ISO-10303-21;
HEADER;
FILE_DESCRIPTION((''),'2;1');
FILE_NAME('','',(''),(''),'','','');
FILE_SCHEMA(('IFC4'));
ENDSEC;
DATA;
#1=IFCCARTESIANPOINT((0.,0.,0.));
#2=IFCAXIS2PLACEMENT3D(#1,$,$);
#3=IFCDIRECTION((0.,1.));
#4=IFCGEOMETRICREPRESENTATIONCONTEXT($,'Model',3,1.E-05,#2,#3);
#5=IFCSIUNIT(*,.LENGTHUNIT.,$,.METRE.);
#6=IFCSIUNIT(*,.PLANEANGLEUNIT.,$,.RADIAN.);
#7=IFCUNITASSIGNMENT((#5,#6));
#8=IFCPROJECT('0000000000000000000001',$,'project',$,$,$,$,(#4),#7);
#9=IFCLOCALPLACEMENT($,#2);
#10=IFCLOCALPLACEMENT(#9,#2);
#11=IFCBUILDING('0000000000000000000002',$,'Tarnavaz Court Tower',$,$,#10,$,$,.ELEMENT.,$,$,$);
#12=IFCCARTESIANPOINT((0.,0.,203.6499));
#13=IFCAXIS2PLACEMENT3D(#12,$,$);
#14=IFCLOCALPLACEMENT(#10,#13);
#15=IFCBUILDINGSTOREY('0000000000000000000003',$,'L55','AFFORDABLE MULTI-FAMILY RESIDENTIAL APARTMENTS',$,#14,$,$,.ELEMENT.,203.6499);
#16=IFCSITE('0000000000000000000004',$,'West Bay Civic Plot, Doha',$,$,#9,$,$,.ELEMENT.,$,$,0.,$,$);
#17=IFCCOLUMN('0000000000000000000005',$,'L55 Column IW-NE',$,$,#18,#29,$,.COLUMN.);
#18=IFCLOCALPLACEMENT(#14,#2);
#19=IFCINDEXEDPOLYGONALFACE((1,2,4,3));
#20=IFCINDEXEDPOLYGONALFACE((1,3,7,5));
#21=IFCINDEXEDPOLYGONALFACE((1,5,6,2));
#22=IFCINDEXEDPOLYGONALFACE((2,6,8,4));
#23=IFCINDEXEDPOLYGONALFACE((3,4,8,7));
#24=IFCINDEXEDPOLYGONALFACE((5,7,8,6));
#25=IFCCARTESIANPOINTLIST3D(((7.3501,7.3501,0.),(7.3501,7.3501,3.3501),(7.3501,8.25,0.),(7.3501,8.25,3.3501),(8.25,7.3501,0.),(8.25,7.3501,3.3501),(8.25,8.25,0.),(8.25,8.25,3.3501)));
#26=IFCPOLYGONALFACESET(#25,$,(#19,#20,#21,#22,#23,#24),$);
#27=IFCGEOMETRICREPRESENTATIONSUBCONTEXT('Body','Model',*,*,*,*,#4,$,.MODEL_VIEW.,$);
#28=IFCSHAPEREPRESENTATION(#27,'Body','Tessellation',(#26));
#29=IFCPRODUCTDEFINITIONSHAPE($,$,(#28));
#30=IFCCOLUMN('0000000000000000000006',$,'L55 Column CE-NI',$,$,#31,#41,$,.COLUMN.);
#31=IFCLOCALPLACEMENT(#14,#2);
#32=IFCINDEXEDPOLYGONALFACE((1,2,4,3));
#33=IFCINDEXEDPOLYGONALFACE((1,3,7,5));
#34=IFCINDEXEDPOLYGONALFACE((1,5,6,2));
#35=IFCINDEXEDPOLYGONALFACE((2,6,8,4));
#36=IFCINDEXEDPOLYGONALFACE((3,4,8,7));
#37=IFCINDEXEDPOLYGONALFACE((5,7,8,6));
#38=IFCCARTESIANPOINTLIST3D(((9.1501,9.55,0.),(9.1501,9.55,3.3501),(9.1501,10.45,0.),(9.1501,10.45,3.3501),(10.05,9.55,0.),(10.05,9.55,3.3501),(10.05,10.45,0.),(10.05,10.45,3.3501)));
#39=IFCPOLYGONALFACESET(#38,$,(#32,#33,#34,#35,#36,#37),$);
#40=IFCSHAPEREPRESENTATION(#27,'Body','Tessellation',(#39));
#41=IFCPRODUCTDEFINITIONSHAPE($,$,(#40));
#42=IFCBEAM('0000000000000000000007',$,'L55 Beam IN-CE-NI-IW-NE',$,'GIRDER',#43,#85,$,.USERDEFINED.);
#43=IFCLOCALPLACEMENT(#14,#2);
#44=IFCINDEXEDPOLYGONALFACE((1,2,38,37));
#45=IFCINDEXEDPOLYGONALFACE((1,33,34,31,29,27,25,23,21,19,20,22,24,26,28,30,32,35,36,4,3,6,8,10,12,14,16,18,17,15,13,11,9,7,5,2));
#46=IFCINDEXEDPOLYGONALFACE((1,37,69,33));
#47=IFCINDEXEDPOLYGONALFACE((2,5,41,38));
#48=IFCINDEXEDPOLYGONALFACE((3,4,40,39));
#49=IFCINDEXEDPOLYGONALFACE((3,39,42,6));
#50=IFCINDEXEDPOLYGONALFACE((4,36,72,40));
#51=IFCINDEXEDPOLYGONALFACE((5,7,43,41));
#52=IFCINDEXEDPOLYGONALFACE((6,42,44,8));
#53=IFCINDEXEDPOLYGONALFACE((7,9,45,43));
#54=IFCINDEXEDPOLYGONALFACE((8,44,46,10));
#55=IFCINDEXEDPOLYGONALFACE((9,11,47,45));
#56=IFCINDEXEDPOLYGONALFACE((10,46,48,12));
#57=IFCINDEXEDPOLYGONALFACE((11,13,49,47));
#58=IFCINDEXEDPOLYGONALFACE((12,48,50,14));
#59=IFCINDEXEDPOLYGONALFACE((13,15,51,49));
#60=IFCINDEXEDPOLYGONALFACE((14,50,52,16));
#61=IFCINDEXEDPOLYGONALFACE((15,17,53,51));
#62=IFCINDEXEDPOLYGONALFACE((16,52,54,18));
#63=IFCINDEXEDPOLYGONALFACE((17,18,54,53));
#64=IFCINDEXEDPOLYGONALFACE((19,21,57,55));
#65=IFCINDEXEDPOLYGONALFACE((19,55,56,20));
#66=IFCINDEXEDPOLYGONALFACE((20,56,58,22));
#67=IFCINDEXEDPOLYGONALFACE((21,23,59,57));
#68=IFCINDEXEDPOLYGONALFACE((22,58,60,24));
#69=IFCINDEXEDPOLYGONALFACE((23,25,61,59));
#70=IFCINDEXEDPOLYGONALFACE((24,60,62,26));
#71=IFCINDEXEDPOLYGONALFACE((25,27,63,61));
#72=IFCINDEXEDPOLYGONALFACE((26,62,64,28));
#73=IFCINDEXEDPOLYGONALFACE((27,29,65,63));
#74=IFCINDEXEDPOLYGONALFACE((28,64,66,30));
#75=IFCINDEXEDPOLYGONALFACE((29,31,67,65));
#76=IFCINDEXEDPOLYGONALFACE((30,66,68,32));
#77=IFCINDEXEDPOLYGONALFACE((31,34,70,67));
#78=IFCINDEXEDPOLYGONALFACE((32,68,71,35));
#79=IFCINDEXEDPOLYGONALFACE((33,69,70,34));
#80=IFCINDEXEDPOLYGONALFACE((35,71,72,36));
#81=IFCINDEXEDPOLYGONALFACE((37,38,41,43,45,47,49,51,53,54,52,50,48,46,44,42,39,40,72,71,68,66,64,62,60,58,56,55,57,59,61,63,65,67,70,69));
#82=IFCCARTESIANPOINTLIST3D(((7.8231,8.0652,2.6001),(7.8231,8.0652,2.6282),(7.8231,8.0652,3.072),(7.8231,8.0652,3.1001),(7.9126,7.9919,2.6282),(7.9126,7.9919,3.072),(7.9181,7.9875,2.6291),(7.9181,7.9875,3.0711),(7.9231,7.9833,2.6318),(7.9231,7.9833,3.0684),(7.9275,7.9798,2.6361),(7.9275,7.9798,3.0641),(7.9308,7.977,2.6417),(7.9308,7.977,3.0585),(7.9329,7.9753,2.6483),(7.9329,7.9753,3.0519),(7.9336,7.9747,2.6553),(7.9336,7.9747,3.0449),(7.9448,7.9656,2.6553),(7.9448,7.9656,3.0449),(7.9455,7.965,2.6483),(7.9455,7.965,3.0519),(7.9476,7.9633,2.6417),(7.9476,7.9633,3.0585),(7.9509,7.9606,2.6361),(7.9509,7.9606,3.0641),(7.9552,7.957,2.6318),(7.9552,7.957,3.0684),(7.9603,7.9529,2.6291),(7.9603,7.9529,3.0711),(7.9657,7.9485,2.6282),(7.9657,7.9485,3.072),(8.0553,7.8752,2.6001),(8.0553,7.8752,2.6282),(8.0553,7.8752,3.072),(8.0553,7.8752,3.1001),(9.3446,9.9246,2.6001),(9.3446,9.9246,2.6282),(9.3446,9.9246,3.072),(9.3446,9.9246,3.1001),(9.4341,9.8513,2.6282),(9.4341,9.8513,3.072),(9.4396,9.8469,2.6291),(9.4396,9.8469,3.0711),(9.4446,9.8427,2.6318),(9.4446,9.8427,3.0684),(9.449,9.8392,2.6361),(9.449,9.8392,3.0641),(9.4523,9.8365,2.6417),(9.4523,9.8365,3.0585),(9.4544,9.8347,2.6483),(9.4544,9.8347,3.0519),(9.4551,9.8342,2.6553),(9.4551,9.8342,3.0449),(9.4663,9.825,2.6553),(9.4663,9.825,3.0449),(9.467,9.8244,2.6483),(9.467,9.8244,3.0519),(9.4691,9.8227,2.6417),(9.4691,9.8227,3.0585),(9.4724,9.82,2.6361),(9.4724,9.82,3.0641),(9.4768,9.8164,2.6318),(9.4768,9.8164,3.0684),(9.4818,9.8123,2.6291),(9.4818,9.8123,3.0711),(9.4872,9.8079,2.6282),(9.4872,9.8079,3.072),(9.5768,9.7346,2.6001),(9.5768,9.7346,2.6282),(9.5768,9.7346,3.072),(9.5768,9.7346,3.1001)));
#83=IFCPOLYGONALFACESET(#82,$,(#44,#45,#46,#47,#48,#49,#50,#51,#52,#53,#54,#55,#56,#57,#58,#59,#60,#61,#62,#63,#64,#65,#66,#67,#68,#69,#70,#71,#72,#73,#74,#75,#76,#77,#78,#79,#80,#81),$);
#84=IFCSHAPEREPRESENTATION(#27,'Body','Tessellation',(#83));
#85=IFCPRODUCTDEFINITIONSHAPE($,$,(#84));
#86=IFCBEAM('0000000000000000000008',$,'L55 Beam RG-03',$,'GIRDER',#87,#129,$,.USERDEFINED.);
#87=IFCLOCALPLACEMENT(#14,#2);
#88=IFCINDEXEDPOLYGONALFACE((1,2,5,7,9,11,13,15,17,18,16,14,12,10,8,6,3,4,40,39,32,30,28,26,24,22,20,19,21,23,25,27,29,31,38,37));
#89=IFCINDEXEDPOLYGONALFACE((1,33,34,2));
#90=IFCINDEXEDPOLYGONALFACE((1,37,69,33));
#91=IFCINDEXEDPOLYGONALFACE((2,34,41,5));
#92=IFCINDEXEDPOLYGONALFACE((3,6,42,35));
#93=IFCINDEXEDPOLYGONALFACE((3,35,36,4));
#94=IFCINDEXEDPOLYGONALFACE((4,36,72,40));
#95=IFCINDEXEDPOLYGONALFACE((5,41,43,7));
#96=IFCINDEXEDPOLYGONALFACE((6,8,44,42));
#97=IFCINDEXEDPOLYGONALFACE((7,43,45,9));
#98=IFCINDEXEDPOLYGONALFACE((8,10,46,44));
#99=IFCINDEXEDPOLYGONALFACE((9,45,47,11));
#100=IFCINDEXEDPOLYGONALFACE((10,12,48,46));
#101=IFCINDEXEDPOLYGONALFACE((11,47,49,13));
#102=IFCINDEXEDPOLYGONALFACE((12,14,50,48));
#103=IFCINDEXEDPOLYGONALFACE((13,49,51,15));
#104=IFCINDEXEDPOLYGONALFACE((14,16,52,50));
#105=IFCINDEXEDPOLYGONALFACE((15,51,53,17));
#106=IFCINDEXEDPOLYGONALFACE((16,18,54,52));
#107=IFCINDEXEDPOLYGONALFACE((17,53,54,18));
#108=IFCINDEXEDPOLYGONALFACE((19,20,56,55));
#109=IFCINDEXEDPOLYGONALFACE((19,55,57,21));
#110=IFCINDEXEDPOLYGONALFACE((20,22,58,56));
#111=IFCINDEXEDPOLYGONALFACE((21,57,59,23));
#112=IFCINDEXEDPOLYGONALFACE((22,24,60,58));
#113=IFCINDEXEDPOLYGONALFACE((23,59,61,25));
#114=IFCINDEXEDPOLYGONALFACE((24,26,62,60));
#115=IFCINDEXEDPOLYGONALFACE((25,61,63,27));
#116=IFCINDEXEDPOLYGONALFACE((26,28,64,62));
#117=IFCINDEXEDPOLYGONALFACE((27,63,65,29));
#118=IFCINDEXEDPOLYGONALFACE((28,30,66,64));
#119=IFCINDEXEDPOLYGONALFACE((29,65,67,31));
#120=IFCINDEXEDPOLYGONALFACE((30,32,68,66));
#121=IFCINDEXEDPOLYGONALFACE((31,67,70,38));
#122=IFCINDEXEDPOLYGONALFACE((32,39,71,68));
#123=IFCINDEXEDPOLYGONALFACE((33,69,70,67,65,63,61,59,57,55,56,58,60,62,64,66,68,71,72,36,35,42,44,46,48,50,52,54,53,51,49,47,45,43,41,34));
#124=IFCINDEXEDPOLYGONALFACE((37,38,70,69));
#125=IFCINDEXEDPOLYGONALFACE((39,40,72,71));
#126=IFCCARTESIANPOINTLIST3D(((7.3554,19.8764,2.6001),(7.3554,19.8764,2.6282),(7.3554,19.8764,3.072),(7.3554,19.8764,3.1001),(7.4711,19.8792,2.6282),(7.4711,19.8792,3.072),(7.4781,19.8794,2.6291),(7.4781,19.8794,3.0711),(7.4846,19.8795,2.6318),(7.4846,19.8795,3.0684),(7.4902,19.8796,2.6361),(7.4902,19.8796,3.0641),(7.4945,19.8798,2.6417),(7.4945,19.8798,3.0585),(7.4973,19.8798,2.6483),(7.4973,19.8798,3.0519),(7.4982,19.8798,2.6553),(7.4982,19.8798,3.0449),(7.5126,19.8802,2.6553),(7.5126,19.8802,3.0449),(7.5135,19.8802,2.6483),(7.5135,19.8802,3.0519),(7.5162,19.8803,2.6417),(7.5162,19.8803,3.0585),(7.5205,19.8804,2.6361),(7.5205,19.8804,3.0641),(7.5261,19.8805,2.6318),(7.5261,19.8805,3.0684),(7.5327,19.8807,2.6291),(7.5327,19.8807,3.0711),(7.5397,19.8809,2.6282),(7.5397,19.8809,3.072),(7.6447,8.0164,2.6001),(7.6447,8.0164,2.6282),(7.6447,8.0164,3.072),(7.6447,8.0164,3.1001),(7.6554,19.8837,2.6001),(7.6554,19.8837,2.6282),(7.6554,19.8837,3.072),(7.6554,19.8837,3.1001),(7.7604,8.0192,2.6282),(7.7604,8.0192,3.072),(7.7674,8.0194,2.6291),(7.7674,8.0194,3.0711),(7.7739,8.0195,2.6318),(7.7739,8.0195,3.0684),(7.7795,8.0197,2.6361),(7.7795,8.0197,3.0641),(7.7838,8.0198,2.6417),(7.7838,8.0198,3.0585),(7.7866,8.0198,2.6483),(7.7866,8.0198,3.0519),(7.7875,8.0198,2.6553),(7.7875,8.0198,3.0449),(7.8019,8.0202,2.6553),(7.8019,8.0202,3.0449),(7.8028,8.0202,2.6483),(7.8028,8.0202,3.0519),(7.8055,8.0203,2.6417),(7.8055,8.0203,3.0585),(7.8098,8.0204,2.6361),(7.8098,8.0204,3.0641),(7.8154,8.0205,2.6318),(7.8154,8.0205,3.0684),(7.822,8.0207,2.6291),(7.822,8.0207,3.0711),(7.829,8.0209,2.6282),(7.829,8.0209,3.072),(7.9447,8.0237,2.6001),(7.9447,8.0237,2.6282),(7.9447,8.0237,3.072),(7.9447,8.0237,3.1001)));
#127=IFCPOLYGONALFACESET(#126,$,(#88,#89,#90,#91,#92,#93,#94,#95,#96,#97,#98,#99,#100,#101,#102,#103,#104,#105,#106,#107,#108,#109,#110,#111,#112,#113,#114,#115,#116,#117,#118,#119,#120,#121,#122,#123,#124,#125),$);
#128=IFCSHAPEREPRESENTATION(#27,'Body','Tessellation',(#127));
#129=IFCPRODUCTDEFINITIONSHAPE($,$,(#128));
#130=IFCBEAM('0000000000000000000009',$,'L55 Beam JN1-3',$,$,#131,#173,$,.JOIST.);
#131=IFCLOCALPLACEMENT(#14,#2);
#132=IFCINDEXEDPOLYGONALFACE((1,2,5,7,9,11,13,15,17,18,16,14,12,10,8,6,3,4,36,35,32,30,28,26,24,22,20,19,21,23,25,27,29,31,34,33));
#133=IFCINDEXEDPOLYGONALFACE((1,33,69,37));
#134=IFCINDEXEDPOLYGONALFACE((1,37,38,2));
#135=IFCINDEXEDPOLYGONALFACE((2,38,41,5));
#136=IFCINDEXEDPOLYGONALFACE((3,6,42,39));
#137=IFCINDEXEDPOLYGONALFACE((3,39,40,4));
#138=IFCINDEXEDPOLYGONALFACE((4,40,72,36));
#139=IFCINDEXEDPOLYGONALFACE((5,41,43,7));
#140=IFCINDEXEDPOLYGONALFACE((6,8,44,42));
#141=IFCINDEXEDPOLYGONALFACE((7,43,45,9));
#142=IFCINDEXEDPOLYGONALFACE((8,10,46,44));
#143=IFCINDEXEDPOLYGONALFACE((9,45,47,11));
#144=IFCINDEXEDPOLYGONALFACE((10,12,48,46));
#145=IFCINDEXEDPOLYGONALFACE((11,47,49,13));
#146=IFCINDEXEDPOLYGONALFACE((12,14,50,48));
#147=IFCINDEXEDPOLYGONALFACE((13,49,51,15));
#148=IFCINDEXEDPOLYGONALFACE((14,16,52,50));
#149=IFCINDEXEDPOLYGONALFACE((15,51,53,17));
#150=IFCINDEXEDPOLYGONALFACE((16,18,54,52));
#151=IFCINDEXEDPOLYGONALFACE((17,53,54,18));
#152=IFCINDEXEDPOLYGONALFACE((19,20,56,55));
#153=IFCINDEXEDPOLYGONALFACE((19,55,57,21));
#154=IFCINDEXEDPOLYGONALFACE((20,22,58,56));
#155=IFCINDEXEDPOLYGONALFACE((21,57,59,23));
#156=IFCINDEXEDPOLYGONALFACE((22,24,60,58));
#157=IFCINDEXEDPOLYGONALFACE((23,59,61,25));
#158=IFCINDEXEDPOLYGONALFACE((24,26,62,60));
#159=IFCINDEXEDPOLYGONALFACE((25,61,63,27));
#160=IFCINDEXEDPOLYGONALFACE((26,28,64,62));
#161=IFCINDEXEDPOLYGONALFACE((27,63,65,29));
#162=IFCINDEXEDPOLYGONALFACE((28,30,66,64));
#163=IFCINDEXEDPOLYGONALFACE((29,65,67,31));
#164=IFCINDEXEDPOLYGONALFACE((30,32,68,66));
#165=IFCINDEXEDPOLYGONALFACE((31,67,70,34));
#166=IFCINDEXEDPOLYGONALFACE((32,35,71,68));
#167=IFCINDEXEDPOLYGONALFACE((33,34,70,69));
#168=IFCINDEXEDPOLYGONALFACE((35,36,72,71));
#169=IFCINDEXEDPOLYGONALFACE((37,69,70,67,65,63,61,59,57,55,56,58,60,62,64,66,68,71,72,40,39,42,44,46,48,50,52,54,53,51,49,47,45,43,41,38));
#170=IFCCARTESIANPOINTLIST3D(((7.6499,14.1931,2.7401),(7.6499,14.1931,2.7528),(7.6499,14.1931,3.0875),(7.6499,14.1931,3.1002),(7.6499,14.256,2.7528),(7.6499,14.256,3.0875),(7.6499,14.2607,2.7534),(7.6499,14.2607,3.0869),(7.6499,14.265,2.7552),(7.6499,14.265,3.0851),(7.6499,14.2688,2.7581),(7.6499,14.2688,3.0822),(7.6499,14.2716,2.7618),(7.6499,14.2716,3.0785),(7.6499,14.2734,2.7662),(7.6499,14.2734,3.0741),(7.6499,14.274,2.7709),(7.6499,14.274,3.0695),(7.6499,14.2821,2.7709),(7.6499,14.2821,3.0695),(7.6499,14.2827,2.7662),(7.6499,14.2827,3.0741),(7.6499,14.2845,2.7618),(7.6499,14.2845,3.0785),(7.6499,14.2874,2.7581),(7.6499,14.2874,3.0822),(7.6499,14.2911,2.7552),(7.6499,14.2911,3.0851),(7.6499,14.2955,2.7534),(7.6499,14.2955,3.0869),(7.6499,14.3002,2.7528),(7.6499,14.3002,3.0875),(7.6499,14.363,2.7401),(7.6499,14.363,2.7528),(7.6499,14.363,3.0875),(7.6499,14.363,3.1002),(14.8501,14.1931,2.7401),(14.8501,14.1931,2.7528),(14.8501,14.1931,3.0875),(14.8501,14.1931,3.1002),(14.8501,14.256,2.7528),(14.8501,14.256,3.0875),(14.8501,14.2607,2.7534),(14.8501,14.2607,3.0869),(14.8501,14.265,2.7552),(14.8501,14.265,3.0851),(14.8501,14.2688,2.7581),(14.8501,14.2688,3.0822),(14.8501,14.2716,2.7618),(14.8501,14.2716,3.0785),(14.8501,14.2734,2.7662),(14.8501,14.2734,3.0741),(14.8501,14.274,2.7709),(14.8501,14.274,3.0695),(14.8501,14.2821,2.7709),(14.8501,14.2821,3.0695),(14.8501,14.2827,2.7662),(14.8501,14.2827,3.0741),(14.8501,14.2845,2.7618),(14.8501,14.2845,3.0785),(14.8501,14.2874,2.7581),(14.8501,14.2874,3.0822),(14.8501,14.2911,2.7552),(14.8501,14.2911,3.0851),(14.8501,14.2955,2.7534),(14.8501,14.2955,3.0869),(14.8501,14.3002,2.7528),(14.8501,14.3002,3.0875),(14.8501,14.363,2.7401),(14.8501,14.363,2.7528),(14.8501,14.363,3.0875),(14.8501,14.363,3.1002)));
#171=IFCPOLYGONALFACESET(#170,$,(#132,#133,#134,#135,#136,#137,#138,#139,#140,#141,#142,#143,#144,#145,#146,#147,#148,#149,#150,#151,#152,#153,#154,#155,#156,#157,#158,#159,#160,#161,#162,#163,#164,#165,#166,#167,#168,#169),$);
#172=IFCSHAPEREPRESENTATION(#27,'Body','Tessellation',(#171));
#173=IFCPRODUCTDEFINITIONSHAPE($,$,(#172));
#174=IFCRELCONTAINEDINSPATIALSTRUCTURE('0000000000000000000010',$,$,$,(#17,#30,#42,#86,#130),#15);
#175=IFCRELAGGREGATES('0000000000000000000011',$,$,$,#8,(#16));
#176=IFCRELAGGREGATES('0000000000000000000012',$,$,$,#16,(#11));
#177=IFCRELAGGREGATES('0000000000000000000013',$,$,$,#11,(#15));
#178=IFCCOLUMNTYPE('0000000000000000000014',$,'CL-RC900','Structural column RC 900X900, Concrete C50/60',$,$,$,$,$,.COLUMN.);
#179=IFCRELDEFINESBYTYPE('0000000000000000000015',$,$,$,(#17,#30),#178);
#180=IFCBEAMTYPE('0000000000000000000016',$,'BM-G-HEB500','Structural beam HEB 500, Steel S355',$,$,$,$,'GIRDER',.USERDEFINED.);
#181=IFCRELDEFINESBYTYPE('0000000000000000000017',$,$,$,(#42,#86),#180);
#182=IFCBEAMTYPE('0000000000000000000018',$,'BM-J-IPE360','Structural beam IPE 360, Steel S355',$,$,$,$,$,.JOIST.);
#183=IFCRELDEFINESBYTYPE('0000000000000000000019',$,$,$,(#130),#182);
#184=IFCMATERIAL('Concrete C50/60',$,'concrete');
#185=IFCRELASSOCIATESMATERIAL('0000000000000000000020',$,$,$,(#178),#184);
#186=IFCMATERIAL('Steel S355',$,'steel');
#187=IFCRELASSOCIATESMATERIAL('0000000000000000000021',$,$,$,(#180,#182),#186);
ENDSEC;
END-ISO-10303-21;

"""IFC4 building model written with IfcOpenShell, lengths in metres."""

from ifc_helpers import new_model, si_unit, direction, frame, origin, origin_2d, place, context, subcontext, project, spatial, rectangle, i_section, extrude, material, material_profile, profile_set, type_object, element, save


model = new_model("IFC4")

# Units and contexts
model_context = context("Model", 3, precision=1e-05, world=origin(), true_north=direction((0.0, 1.0)))
body_context = subcontext(model_context, "Body", "Model", "MODEL_VIEW")
ifc_project = project(units=[si_unit("LENGTHUNIT", "METRE"), si_unit("PLANEANGLEUNIT", "RADIAN")], contexts=[model_context])

# Site, building, storey
site_placement = place(None, origin())
site = spatial("IfcSite", under=ifc_project, at=site_placement, Name="West Bay Civic Plot, Doha", CompositionType="ELEMENT", RefElevation=0.0)
building_placement = place(site_placement, origin())
building = spatial("IfcBuilding", under=site, at=building_placement, Name="Tarnavaz Court Tower", CompositionType="ELEMENT")
storey_placement = place(building_placement, frame((0.0, 0.0, 203.6499)))
storey = spatial("IfcBuildingStorey", under=building, at=storey_placement, Name="L55", Description="AFFORDABLE MULTI-FAMILY RESIDENTIAL APARTMENTS", CompositionType="ELEMENT", Elevation=203.6499)

# Columns
ifc_material_1 = material(Name="Concrete C50/60", Category="concrete")
ifc_material_profile_1 = material_profile(ifc_material_1, rectangle(XDim=0.8999, YDim=0.8999, at=origin_2d()), Name="RC 900X900")
ifc_profile_set_1 = profile_set([ifc_material_profile_1], Name="Concrete C50/60")
column_type = type_object("IfcColumnType", Name="CL-RC900", Description="Structural column RC 900X900, Concrete C50/60", PredefinedType="COLUMN", material=ifc_profile_set_1)
for number, where, z_axis, x_axis, name in (
    (1, (7.8, 7.8, 0.0), (0.0, 0.0, 1.0), (1.0, 0.0, 0.0), "L55 Column IW-NE"),
    (2, (9.6001, 10.0, 0.0), (0.0, 0.0, 1.0), (1.0, 0.0, 0.0), "L55 Column CE-NI"),
):
    element("IfcColumn", number, at=place(storey_placement, frame(where, z_axis=z_axis, x_axis=x_axis)), inside=storey, type_object=column_type, Name=name, PredefinedType="COLUMN", context=body_context, shape_type="SweptSolid", body=[
        extrude(rectangle(XDim=0.8999, YDim=0.8999, at=origin_2d()), origin(), (0.0, 0.0, 1.0), 3.3501),
    ])

# Beams
ifc_material_2 = material(Name="Steel S355", Category="steel")
ifc_material_profile_2 = material_profile(ifc_material_2, i_section(OverallWidth=0.3, OverallDepth=0.5, WebThickness=0.0144, FlangeThickness=0.0281, FilletRadius=0.0271, at=origin_2d()), Name="HEB 500")
ifc_profile_set_2 = profile_set([ifc_material_profile_2], Name="Steel S355")
beam_type_1 = type_object("IfcBeamType", Name="BM-G-HEB500", Description="Structural beam HEB 500, Steel S355", ElementType="GIRDER", PredefinedType="USERDEFINED", material=ifc_profile_set_2)
beam_1_placement = place(storey_placement, frame((9.4607, 9.8296, 2.8501), z_axis=(-0.633282, -0.773921, 0.0), x_axis=(0.773921, -0.633282, 0.0)))
element("IfcBeam", 3, at=beam_1_placement, inside=storey, type_object=beam_type_1, Name="L55 Beam IN-CE-NI-IW-NE", ObjectType="GIRDER", PredefinedType="USERDEFINED", context=body_context, shape_type="SweptSolid", body=[
    extrude(i_section(OverallWidth=0.3, OverallDepth=0.5, WebThickness=0.0144, FlangeThickness=0.0281, FilletRadius=0.0271, at=origin_2d()), origin(), (0.0, 0.0, 1.0), 2.4026),
])
beam_2_placement = place(storey_placement, frame((7.7947, 8.02, 2.8501), z_axis=(-0.024386, 0.999703, 0.0), x_axis=(-0.999703, -0.024386, 0.0)))
element("IfcBeam", 4, at=beam_2_placement, inside=storey, type_object=beam_type_1, Name="L55 Beam RG-03", ObjectType="GIRDER", PredefinedType="USERDEFINED", context=body_context, shape_type="SweptSolid", body=[
    extrude(i_section(OverallWidth=0.3, OverallDepth=0.5, WebThickness=0.0144, FlangeThickness=0.0281, FilletRadius=0.0271, at=origin_2d()), origin(), (0.0, 0.0, 1.0), 11.8635),
])
ifc_material_profile_3 = material_profile(ifc_material_2, i_section(OverallWidth=0.1699, OverallDepth=0.3601, WebThickness=0.0081, FlangeThickness=0.0127, FilletRadius=0.0181, at=origin_2d()), Name="IPE 360")
ifc_profile_set_3 = profile_set([ifc_material_profile_3], Name="Steel S355")
beam_type_2 = type_object("IfcBeamType", Name="BM-J-IPE360", Description="Structural beam IPE 360, Steel S355", PredefinedType="JOIST", material=ifc_profile_set_3)
for number, where, z_axis, x_axis, name in (
    (5, (7.6499, 14.2781, 2.9202), (1.0, 0.0, 0.0), (0.0, 1.0, 0.0), "L55 Beam JN1-3"),
):
    element("IfcBeam", number, at=place(storey_placement, frame(where, z_axis=z_axis, x_axis=x_axis)), inside=storey, type_object=beam_type_2, Name=name, PredefinedType="JOIST", context=body_context, shape_type="SweptSolid", body=[
        extrude(i_section(OverallWidth=0.1699, OverallDepth=0.3601, WebThickness=0.0081, FlangeThickness=0.0127, FilletRadius=0.0181, at=origin_2d()), origin(), (0.0, 0.0, 1.0), 7.2002),
    ])

save(model, "model.ifc")
